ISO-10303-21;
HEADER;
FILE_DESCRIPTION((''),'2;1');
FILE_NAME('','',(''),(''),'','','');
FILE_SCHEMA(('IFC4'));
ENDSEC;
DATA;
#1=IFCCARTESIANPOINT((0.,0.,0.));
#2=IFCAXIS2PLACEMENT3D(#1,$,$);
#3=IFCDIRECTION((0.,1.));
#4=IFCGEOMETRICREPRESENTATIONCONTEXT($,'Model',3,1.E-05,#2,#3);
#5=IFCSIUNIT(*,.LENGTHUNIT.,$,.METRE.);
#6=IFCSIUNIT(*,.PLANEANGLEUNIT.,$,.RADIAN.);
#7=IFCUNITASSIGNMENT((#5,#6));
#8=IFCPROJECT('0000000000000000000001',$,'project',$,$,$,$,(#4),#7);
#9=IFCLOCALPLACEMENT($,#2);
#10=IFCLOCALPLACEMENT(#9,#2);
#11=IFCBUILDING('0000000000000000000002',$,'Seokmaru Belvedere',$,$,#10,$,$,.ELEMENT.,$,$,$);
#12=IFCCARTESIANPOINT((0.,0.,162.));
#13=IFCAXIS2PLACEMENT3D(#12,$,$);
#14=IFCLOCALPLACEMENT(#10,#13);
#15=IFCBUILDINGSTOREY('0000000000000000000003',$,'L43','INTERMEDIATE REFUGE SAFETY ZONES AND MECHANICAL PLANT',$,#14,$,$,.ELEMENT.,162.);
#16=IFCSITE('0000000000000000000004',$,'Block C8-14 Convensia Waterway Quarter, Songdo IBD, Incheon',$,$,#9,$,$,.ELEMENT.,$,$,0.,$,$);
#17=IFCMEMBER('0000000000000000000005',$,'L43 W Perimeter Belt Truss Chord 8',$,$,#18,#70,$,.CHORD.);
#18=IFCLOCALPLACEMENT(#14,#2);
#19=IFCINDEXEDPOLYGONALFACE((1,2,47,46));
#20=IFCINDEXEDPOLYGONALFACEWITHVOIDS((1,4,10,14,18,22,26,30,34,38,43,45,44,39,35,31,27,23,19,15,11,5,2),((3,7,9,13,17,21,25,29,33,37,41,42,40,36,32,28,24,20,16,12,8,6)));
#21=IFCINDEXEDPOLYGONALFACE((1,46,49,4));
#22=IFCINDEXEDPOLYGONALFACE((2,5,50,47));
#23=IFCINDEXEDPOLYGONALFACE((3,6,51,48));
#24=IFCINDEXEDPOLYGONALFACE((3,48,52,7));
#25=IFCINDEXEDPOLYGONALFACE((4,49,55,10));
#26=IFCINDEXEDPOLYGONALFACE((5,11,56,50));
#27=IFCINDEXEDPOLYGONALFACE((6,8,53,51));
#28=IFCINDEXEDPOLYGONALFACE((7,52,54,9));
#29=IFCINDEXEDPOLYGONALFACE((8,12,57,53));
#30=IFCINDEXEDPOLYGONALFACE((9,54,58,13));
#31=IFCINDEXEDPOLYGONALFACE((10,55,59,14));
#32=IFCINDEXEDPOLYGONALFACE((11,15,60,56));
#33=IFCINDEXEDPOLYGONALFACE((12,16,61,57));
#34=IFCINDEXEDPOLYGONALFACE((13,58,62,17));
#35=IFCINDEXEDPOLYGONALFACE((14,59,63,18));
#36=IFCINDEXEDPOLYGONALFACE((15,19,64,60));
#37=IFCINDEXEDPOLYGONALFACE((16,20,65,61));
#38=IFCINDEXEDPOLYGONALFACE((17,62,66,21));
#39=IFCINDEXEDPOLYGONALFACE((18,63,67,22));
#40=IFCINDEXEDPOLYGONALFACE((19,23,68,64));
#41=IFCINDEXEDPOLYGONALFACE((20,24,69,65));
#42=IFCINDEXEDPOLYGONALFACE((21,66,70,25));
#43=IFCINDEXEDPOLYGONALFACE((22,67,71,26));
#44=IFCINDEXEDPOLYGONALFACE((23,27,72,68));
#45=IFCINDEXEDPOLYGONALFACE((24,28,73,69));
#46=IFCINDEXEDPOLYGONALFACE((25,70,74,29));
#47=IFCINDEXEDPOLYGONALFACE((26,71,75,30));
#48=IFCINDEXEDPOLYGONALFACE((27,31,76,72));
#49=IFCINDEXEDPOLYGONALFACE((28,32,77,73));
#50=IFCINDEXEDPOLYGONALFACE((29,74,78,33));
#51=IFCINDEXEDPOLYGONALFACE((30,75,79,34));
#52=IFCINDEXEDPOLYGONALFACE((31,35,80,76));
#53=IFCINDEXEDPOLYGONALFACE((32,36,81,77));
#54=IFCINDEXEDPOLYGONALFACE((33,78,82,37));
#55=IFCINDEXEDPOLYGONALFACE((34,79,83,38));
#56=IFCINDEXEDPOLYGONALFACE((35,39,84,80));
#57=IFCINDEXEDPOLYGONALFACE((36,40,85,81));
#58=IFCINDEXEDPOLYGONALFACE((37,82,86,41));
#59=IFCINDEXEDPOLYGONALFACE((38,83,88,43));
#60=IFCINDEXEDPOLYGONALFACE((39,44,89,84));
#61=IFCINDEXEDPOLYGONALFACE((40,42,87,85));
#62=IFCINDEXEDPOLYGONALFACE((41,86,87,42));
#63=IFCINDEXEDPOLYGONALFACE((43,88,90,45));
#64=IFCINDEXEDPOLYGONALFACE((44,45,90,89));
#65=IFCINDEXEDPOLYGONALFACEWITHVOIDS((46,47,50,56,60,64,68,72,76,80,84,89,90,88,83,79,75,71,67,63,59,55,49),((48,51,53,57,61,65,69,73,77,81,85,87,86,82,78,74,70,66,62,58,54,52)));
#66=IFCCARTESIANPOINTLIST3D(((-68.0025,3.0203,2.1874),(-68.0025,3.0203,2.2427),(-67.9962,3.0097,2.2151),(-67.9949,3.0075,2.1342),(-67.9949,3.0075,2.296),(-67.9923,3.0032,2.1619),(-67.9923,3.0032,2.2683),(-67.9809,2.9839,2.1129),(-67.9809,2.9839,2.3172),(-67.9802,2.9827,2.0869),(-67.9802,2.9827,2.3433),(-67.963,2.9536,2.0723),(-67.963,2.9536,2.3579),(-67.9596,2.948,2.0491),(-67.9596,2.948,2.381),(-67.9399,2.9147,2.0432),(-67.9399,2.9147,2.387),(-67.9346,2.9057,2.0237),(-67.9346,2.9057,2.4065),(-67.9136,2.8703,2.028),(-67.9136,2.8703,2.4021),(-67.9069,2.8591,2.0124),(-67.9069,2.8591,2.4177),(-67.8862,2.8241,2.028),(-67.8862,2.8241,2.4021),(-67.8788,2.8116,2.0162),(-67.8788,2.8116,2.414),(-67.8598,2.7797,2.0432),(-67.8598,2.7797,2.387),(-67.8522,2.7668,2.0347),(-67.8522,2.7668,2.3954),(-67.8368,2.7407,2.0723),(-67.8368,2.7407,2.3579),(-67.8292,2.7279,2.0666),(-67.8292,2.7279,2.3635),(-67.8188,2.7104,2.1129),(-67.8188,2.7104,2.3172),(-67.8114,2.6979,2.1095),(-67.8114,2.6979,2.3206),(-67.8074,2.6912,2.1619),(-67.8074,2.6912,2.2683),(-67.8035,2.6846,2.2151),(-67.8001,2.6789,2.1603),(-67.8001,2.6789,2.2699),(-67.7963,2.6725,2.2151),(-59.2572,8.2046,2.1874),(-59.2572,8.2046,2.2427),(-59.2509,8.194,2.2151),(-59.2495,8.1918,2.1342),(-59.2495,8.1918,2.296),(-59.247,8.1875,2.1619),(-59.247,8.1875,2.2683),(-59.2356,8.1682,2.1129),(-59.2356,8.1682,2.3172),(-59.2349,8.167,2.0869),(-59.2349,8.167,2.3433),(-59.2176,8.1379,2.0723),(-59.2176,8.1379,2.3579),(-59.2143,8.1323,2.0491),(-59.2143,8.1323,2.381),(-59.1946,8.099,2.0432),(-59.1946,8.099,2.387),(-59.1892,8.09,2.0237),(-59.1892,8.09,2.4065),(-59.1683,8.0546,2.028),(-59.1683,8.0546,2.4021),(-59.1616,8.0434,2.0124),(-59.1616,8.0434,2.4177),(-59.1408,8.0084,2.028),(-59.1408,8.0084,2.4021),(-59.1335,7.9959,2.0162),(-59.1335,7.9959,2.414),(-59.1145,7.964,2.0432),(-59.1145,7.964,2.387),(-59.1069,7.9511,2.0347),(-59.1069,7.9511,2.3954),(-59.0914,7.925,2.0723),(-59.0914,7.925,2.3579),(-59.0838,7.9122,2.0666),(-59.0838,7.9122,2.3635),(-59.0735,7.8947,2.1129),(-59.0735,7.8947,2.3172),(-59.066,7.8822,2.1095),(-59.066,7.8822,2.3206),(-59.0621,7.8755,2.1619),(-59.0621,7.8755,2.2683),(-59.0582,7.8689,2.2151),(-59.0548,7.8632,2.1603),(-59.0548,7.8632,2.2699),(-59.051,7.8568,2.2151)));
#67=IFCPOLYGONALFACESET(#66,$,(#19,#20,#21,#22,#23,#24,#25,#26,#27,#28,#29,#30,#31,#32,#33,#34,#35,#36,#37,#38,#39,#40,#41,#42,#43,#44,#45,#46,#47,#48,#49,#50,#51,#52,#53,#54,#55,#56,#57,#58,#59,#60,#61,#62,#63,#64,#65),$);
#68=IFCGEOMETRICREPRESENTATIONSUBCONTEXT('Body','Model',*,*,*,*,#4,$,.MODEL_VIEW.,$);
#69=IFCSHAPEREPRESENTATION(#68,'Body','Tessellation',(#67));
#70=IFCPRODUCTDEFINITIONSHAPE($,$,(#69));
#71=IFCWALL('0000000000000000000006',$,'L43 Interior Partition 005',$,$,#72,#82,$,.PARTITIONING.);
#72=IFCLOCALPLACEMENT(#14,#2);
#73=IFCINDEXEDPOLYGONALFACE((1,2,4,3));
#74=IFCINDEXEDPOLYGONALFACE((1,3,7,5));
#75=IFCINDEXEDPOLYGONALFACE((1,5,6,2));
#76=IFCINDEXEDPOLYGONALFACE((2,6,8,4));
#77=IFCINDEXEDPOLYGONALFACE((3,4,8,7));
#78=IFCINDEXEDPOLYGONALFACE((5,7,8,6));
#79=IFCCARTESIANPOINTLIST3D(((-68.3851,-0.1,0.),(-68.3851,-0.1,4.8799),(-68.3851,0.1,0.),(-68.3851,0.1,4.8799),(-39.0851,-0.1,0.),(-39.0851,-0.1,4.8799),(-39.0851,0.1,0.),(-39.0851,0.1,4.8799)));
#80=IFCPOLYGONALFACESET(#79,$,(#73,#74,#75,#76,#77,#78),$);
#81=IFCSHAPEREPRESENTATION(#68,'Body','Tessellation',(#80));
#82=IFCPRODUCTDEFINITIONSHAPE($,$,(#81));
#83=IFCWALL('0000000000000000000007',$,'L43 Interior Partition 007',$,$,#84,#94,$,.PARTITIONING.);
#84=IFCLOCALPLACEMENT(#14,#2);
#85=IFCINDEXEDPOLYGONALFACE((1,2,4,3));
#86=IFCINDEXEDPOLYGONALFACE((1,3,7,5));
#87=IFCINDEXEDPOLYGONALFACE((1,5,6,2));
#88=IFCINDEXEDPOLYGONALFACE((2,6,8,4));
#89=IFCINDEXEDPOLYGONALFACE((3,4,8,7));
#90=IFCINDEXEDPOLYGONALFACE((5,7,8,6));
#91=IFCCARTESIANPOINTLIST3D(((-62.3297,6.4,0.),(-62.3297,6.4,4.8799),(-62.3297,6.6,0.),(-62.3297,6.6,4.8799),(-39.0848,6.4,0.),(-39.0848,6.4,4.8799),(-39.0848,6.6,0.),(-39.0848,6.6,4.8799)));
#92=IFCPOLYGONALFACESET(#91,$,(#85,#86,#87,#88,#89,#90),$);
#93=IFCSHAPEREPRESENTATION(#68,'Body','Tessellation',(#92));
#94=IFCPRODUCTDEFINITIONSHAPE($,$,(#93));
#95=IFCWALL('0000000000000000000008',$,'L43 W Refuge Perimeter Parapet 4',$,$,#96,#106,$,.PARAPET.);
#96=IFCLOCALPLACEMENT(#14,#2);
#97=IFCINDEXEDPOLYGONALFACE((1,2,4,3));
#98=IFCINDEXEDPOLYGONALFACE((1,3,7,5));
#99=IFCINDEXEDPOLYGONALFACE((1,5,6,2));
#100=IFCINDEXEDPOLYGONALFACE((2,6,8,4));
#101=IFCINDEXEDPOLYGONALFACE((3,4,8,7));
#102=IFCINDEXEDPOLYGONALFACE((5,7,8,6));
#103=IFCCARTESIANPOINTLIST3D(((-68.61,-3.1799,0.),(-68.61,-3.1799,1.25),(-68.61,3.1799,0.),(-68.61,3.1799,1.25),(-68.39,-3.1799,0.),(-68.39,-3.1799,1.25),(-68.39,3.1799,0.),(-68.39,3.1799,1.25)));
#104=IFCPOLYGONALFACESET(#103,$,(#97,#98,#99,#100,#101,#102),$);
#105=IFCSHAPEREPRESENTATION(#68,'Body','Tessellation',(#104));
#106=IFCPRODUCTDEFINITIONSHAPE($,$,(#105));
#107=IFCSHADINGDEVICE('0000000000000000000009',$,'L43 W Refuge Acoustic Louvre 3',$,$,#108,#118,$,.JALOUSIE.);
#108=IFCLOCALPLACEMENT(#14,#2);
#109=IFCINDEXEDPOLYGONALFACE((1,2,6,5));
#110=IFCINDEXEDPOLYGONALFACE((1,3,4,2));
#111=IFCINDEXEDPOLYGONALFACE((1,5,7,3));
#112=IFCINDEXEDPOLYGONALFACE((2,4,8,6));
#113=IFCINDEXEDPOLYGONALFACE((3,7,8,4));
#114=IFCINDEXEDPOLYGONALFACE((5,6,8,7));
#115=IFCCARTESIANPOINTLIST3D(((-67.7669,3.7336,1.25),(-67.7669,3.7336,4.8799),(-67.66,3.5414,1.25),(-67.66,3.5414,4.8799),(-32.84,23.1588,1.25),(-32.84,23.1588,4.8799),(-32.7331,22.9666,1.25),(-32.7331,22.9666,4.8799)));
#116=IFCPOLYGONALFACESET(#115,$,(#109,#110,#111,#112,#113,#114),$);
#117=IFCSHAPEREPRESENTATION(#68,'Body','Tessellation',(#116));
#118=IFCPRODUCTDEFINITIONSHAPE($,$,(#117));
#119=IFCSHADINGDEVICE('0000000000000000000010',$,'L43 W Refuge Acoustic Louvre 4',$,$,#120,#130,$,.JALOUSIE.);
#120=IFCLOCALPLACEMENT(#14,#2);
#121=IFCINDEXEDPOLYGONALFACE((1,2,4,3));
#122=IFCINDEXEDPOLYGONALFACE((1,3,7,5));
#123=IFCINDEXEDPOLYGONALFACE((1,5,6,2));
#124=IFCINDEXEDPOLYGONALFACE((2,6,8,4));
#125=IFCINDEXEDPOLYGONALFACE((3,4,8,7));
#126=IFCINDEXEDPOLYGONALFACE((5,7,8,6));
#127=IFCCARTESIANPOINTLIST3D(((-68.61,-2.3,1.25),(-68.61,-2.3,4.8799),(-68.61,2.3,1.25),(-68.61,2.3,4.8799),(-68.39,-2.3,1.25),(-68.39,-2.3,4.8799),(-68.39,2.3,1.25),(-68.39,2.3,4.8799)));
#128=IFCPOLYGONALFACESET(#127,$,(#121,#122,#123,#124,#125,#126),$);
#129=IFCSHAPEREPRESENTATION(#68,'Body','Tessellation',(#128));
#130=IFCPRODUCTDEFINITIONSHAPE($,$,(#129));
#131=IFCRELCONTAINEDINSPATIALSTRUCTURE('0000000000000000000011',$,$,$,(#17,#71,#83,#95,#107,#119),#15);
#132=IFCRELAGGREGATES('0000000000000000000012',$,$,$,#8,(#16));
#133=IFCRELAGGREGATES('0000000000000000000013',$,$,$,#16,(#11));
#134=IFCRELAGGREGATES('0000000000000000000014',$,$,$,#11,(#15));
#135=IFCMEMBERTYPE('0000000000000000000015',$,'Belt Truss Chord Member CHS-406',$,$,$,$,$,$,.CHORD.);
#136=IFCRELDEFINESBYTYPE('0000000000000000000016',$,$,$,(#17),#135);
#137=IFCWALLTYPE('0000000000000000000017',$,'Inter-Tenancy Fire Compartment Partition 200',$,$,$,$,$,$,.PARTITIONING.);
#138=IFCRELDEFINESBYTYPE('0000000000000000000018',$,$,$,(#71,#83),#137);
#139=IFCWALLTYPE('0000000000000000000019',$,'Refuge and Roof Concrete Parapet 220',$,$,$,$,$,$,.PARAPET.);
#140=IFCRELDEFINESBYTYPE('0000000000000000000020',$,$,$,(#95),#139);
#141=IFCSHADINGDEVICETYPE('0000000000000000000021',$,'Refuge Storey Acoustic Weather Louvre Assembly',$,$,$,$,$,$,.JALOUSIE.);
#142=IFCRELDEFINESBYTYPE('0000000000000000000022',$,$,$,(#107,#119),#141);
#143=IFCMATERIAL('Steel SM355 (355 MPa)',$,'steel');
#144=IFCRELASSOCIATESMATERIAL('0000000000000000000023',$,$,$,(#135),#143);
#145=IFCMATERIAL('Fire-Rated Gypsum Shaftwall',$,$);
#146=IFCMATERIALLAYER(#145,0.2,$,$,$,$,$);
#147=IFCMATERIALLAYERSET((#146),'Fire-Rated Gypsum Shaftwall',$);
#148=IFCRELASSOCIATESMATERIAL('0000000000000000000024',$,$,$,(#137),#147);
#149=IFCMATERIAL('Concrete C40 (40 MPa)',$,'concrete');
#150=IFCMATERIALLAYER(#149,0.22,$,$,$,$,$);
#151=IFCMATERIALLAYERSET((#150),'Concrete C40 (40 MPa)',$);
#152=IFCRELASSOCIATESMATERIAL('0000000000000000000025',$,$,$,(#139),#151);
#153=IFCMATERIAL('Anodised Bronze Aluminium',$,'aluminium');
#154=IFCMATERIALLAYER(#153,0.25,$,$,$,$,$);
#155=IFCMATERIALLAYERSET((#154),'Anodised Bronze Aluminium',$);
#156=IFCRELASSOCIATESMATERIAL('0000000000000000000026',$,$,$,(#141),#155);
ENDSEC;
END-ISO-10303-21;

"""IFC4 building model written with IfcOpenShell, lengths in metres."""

from ifc_helpers import new_model, si_unit, direction, frame, frame_2d, origin, origin_2d, place, context, subcontext, project, spatial, rectangle, hollow_circle, extrude, source, transform, mapped, material, layer, layer_set, material_profile, profile_set, type_object, type_shapes, element, save


model = new_model("IFC4")

# Units and contexts
model_context = context("Model", 3, precision=1e-05, world=origin(), true_north=direction((0.0, 1.0)))
body_context = subcontext(model_context, "Body", "Model", "MODEL_VIEW")
ifc_project = project(units=[si_unit("LENGTHUNIT", "METRE"), si_unit("PLANEANGLEUNIT", "RADIAN")], contexts=[model_context])

# Site, building, storey
site_placement = place(None, origin())
site = spatial("IfcSite", under=ifc_project, at=site_placement, Name="Block C8-14 Convensia Waterway Quarter, Songdo IBD, Incheon", CompositionType="ELEMENT", RefElevation=0.0)
building_placement = place(site_placement, origin())
building = spatial("IfcBuilding", under=site, at=building_placement, Name="Seokmaru Belvedere", CompositionType="ELEMENT")
storey_placement = place(building_placement, frame((0.0, 0.0, 162.0)))
storey = spatial("IfcBuildingStorey", under=building, at=storey_placement, Name="L43", Description="INTERMEDIATE REFUGE SAFETY ZONES AND MECHANICAL PLANT", CompositionType="ELEMENT", Elevation=162.0)

# Shared definitions
ifc_material_1 = material(Name="Steel SM355 (355 MPa)", Category="steel")

# Member
ifc_material_profile_1 = material_profile(ifc_material_1, hollow_circle(Radius=0.2031, WallThickness=0.0142, at=origin_2d()), Name="CHS-406.4x14.2")
ifc_profile_set_1 = profile_set([ifc_material_profile_1], Name="Steel SM355 (355 MPa)")
member_type_1 = type_object("IfcMemberType", Name="Belt Truss Chord Member CHS-406", PredefinedType="CHORD", material=ifc_profile_set_1)
shared_shape_1 = source(origin(), body_context, "Body", "SweptSolid", [
    extrude(hollow_circle(Radius=0.2031, WallThickness=0.0142, at=origin_2d()), origin(), (0.0, 0.0, 1.0), 10.1665),
])
type_shapes(member_type_1, [shared_shape_1])
member_1_placement = place(storey_placement, frame((-59.1545, 8.0315, 2.2151), z_axis=(-0.86021, -0.50994, 0.0), x_axis=(0.50994, -0.86021, 0.0)))
element("IfcMember", 1, at=member_1_placement, inside=storey, type_object=member_type_1, Name="L43 W Perimeter Belt Truss Chord 8", PredefinedType="CHORD", context=body_context, shape_type="MappedRepresentation", body=[
    mapped(shared_shape_1, transform((0.0, 0.0, 0.0), scale=1.0)),
])

# Walls
ifc_material_2 = material(Name="Fire-Rated Gypsum Shaftwall")
ifc_layer_1 = layer(ifc_material_2, 0.2)
ifc_layer_set_1 = layer_set([ifc_layer_1], Name="Fire-Rated Gypsum Shaftwall")
wall_type_1 = type_object("IfcWallType", Name="Inter-Tenancy Fire Compartment Partition 200", PredefinedType="PARTITIONING", material=ifc_layer_set_1)
wall_1_placement = place(storey_placement, frame((-68.385, 0.0, 0.0), z_axis=(0.0, 0.0, 1.0), x_axis=(1.0, 0.0, 0.0)))
element("IfcWall", 2, at=wall_1_placement, inside=storey, type_object=wall_type_1, Name="L43 Interior Partition 005", PredefinedType="PARTITIONING", context=body_context, shape_type="SweptSolid", body=[
    extrude(rectangle(XDim=29.3, YDim=0.2, at=frame_2d((14.6499, 0.0))), origin(), (0.0, 0.0, 1.0), 4.8799),
])
wall_2_placement = place(storey_placement, frame((-62.3298, 6.5, 0.0), z_axis=(0.0, 0.0, 1.0), x_axis=(1.0, 0.0, 0.0)))
element("IfcWall", 3, at=wall_2_placement, inside=storey, type_object=wall_type_1, Name="L43 Interior Partition 007", PredefinedType="PARTITIONING", context=body_context, shape_type="SweptSolid", body=[
    extrude(rectangle(XDim=23.2449, YDim=0.2, at=frame_2d((11.6226, 0.0))), origin(), (0.0, 0.0, 1.0), 4.8799),
])
ifc_material_3 = material(Name="Concrete C40 (40 MPa)", Category="concrete")
ifc_layer_2 = layer(ifc_material_3, 0.22)
ifc_layer_set_2 = layer_set([ifc_layer_2], Name="Concrete C40 (40 MPa)")
wall_type_2 = type_object("IfcWallType", Name="Refuge and Roof Concrete Parapet 220", PredefinedType="PARAPET", material=ifc_layer_set_2)
wall_3_placement = place(storey_placement, frame((-68.5, 3.1799, 0.0), z_axis=(0.0, 0.0, 1.0), x_axis=(0.0, -1.0, 0.0)))
element("IfcWall", 4, at=wall_3_placement, inside=storey, type_object=wall_type_2, Name="L43 W Refuge Perimeter Parapet 4", PredefinedType="PARAPET", context=body_context, shape_type="SweptSolid", body=[
    extrude(rectangle(XDim=6.3599, YDim=0.22, at=frame_2d((3.1799, 0.0))), origin(), (0.0, 0.0, 1.0), 1.25),
])

# Shading devices
ifc_material_4 = material(Name="Anodised Bronze Aluminium", Category="aluminium")
ifc_layer_3 = layer(ifc_material_4, 0.25)
ifc_layer_set_3 = layer_set([ifc_layer_3], Name="Anodised Bronze Aluminium")
shading_device_type = type_object("IfcShadingDeviceType", Name="Refuge Storey Acoustic Weather Louvre Assembly", PredefinedType="JALOUSIE", material=ifc_layer_set_3)
shared_shape_2 = source(origin(), body_context, "Body", "SweptSolid", [
    extrude(rectangle(XDim=39.9653, YDim=0.22, at=origin_2d()), origin(), (0.0, 0.0, 1.0), 3.6299),
])
shading_device_1_placement = place(storey_placement, frame((-50.25, 13.3501, 1.25), z_axis=(0.0, 0.0, 1.0), x_axis=(-0.873931, -0.48605, 0.0)))
element("IfcShadingDevice", 5, at=shading_device_1_placement, inside=storey, type_object=shading_device_type, Name="L43 W Refuge Acoustic Louvre 3", PredefinedType="JALOUSIE", context=body_context, shape_type="MappedRepresentation", body=[
    mapped(shared_shape_2, transform((0.0, 0.0, 0.0), scale=1.0)),
])
shared_shape_3 = source(origin(), body_context, "Body", "SweptSolid", [
    extrude(rectangle(XDim=4.6001, YDim=0.22, at=origin_2d()), origin(), (0.0, 0.0, 1.0), 3.6299),
])
type_shapes(shading_device_type, [shared_shape_2, shared_shape_3])
shading_device_2_placement = place(storey_placement, frame((-68.5, 0.0, 1.25), z_axis=(0.0, 0.0, 1.0), x_axis=(0.0, -1.0, 0.0)))
element("IfcShadingDevice", 6, at=shading_device_2_placement, inside=storey, type_object=shading_device_type, Name="L43 W Refuge Acoustic Louvre 4", PredefinedType="JALOUSIE", context=body_context, shape_type="MappedRepresentation", body=[
    mapped(shared_shape_3, transform((0.0, 0.0, 0.0), scale=1.0)),
])

save(model, "model.ifc")
